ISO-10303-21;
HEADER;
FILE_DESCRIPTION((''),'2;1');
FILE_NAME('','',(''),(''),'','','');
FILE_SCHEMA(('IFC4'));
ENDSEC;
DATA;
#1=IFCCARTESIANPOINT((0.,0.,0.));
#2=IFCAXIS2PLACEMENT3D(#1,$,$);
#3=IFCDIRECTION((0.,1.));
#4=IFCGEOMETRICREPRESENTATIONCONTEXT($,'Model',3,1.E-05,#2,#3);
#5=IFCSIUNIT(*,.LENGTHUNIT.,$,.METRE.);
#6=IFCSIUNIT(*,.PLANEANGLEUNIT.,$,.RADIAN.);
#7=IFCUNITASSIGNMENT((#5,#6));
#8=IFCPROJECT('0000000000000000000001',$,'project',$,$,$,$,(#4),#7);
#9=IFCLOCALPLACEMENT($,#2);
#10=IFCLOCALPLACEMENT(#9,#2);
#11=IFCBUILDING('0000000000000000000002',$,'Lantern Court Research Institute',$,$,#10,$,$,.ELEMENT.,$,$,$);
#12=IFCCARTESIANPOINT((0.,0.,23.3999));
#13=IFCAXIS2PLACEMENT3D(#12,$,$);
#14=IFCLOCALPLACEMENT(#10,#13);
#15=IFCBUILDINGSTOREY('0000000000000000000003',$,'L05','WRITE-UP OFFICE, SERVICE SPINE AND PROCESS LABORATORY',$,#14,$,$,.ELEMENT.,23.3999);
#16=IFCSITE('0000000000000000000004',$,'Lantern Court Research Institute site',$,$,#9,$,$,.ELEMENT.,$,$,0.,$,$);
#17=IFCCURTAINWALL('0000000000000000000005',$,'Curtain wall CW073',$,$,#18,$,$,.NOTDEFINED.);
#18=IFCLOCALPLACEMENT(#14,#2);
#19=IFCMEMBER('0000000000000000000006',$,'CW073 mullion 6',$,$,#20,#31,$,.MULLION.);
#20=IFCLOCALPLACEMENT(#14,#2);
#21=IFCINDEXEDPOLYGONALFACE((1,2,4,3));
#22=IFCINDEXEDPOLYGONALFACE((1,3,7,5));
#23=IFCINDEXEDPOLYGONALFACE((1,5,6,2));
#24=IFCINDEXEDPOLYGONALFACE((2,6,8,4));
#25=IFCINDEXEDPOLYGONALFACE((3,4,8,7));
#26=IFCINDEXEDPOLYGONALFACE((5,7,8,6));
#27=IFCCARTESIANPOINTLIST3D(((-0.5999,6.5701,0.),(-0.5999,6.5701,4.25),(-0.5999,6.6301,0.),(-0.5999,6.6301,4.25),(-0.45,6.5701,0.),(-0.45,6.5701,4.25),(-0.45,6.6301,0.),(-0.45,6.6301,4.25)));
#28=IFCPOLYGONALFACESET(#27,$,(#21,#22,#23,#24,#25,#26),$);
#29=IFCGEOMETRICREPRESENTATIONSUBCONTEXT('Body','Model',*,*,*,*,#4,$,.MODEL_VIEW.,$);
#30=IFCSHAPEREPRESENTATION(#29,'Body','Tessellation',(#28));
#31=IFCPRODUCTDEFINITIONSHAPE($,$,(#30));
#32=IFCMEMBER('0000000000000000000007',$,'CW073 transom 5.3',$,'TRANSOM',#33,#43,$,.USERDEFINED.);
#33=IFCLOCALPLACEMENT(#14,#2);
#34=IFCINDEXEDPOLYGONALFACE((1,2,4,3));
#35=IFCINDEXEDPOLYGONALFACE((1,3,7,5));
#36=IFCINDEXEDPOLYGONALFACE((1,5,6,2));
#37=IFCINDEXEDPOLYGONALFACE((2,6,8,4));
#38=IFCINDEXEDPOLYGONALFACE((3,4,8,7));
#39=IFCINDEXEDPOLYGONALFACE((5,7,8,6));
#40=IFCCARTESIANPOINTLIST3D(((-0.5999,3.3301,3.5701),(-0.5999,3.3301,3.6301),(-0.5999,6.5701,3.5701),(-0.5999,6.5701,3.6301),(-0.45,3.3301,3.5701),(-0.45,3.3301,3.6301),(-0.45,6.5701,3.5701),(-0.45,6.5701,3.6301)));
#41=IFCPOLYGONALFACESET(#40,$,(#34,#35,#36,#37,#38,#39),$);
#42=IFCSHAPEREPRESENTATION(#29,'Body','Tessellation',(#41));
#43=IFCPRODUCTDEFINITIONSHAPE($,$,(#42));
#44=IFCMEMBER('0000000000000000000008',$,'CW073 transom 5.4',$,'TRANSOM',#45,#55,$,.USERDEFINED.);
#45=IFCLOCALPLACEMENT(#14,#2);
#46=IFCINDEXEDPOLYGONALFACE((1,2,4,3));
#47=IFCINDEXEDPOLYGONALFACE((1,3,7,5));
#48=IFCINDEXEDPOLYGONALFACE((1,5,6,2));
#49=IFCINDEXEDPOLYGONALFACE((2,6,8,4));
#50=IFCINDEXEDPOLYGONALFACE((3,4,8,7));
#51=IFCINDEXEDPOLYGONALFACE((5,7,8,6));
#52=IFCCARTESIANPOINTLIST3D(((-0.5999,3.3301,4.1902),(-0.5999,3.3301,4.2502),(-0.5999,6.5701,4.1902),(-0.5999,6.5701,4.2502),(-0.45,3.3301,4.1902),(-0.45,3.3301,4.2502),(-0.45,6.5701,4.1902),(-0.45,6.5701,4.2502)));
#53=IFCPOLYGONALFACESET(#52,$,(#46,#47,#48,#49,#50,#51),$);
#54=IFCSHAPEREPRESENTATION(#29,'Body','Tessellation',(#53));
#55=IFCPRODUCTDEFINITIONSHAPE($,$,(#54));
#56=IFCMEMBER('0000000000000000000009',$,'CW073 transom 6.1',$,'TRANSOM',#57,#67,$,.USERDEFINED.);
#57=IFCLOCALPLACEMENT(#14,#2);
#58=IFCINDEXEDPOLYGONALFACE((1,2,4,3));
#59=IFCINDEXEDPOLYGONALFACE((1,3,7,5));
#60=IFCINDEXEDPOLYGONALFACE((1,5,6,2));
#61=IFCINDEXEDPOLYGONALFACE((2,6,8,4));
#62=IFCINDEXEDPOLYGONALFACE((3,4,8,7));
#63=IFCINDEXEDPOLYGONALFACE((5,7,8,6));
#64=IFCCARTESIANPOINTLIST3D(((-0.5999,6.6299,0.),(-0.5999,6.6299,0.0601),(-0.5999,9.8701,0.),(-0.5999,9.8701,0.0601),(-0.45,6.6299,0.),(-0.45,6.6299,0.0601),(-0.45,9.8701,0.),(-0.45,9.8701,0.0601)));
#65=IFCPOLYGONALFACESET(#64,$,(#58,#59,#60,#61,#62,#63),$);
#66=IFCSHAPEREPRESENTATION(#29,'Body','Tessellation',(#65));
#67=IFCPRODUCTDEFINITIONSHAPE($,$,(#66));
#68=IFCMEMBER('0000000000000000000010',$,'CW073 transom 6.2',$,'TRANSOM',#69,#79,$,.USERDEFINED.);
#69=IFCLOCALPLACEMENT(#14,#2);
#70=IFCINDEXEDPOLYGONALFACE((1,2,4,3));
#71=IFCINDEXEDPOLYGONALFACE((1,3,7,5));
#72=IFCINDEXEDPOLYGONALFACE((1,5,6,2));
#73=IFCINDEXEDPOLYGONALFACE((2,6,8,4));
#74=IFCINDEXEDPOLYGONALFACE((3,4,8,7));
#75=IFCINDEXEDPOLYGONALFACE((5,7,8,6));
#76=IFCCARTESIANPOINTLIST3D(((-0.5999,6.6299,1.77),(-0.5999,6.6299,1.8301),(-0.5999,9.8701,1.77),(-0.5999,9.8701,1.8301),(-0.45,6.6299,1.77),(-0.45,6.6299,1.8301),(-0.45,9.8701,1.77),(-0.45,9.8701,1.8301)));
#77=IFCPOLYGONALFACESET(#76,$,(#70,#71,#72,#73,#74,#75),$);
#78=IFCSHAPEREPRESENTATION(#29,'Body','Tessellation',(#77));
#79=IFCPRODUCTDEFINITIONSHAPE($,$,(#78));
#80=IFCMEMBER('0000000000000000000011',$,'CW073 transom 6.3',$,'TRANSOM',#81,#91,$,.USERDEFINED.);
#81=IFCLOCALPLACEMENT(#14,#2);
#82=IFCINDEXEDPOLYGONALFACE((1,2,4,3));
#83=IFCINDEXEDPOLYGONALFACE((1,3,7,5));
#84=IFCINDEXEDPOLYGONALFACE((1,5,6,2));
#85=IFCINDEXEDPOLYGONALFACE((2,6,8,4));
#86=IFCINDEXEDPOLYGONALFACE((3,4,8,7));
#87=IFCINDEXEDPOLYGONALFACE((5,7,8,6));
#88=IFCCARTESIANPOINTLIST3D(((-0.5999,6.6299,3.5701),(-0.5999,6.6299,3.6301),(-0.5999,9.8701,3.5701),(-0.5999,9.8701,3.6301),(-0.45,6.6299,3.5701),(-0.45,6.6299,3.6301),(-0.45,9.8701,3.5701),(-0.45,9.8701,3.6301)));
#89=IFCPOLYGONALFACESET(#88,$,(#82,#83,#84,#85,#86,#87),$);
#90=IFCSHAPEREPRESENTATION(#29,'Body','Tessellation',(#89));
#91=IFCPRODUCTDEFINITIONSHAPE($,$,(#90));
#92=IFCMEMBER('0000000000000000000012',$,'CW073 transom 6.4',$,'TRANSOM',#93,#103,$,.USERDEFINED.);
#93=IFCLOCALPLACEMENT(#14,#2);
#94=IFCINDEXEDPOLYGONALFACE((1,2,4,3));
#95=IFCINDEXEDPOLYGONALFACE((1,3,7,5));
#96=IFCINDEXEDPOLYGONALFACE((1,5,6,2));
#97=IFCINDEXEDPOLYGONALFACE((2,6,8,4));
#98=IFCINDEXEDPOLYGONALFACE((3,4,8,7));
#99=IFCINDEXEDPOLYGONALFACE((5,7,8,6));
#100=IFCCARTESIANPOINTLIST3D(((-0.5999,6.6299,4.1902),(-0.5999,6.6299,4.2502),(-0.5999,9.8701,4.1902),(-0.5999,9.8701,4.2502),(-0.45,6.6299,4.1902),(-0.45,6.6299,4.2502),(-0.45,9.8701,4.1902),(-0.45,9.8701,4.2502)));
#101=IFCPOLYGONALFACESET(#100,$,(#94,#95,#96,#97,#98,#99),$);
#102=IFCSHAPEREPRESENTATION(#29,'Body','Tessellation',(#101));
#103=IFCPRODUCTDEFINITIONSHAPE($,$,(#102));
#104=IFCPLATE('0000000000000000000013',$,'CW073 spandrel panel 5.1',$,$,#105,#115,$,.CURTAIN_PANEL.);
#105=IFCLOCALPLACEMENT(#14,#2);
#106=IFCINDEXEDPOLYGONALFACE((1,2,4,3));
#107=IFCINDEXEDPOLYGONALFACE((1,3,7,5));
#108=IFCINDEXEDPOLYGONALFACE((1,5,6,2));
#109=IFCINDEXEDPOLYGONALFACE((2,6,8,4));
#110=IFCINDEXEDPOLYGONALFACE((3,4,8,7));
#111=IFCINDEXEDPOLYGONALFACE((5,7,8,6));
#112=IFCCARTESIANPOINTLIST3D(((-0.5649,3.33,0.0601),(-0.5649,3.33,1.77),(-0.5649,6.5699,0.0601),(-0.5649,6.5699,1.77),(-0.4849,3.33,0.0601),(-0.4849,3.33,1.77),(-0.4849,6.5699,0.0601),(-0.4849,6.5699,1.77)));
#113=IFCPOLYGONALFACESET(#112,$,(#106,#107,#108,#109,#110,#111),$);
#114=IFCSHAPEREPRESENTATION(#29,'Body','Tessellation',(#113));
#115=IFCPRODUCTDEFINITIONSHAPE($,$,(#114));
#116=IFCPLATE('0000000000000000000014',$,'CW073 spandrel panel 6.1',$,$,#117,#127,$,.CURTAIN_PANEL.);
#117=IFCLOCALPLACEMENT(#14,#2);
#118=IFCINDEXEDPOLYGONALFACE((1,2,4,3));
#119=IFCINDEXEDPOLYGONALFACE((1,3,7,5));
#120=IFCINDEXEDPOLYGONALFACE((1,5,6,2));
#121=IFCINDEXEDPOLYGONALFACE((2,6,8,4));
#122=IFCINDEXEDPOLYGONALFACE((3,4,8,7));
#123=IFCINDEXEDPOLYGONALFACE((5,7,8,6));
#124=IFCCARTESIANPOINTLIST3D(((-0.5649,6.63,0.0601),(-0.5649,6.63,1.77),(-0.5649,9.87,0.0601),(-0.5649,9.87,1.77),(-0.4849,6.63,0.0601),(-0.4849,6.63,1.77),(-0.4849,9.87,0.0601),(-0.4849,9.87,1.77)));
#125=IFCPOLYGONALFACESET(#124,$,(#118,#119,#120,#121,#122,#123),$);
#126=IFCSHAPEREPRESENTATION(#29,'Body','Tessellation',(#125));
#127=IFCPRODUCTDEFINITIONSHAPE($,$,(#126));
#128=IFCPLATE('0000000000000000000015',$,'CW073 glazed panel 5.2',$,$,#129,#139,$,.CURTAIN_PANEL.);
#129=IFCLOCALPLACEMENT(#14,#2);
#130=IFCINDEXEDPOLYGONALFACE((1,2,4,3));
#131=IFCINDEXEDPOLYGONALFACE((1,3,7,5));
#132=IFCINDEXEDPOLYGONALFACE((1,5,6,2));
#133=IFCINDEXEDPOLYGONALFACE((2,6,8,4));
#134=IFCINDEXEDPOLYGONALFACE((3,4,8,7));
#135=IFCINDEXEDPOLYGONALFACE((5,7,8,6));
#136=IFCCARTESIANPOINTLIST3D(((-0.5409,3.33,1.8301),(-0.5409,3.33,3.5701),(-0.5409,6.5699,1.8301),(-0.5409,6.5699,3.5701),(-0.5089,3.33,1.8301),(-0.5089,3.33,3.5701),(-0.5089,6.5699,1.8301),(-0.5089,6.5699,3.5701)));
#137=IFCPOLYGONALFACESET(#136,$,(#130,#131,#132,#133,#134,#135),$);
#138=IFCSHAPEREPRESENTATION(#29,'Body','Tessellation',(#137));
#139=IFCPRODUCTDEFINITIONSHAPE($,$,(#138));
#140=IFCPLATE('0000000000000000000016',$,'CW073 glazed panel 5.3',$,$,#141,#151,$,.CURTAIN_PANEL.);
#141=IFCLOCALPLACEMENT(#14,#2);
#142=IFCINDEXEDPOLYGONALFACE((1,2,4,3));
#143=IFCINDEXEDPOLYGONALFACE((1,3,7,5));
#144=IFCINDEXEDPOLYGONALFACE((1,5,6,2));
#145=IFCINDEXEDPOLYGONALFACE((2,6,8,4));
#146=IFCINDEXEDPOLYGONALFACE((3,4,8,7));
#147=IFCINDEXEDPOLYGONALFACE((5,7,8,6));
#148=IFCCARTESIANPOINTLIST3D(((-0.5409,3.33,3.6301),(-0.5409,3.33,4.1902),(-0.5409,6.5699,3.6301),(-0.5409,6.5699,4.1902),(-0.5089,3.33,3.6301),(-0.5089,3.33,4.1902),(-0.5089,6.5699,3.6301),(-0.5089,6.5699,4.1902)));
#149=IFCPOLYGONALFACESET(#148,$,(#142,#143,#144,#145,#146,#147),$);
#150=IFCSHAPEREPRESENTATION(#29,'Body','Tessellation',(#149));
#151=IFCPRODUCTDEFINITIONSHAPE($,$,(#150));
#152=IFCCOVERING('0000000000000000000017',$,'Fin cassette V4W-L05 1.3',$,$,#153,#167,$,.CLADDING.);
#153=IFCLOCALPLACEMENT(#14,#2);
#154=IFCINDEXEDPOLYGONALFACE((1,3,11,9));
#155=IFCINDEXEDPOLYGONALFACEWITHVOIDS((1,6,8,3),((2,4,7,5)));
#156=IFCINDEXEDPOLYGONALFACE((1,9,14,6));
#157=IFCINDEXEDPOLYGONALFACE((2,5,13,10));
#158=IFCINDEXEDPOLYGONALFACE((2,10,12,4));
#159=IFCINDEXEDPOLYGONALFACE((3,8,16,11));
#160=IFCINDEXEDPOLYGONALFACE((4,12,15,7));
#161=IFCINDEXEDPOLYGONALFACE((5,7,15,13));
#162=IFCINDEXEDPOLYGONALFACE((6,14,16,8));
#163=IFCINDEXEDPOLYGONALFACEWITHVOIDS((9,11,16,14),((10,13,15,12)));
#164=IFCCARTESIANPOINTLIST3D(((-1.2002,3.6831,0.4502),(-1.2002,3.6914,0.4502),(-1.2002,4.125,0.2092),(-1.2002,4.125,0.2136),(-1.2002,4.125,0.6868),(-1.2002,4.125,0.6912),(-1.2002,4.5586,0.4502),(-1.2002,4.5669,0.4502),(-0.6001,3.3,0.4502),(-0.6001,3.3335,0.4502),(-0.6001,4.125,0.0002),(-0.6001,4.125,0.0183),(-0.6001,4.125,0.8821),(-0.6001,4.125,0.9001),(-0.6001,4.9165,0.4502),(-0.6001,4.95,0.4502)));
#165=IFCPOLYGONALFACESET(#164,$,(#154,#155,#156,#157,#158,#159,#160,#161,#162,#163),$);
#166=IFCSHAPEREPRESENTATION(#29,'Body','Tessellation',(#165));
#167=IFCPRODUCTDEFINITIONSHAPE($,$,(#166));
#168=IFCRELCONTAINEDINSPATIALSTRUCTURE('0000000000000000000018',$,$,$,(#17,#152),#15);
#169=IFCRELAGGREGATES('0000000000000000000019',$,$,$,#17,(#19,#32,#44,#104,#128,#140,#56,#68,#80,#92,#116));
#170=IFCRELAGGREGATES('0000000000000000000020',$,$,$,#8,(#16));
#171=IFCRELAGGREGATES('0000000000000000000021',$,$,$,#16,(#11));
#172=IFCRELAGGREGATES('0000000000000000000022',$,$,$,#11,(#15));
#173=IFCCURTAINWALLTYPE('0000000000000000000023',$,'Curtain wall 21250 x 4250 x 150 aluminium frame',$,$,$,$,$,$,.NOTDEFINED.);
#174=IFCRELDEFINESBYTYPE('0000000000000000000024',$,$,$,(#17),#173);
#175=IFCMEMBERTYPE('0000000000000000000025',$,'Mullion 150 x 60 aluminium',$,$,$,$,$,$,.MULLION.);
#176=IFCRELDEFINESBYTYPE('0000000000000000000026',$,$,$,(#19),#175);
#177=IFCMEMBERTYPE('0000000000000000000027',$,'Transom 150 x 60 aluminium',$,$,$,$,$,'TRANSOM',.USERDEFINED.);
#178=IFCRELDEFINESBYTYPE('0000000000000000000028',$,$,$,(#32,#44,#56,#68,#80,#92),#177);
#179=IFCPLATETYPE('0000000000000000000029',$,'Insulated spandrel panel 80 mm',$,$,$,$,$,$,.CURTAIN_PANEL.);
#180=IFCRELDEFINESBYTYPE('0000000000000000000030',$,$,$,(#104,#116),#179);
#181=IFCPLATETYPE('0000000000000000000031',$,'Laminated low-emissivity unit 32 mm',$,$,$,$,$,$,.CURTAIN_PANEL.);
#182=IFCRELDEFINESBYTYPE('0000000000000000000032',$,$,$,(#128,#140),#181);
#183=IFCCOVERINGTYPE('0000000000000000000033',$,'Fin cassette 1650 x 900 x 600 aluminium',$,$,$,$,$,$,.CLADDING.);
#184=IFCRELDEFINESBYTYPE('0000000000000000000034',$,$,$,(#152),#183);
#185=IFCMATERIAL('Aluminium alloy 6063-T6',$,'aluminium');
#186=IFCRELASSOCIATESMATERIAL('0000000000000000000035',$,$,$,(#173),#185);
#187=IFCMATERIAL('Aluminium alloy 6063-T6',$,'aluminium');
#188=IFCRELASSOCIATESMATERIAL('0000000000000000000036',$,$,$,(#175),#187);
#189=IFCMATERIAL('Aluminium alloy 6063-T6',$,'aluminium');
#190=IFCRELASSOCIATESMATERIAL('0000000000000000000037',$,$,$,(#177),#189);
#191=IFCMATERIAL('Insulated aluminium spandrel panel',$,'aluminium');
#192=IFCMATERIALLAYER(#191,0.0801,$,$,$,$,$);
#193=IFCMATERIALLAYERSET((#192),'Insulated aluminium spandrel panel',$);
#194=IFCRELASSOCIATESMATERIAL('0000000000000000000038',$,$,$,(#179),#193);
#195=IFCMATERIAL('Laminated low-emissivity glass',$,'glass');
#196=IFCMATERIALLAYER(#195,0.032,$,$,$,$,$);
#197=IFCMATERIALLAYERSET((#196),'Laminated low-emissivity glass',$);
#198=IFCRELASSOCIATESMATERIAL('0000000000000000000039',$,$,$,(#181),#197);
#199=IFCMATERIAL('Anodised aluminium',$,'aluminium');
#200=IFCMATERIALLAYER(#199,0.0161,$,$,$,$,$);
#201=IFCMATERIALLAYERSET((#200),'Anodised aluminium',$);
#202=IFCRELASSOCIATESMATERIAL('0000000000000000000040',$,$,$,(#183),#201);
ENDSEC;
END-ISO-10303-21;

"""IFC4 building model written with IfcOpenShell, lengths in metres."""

from ifc_helpers import new_model, entity, si_unit, direction, frame, origin, origin_2d, place, context, subcontext, project, spatial, rectangle, extrude, material, layer, layer_set, material_profile, profile_set, type_object, element, aggregate, save


model = new_model("IFC4")

# Units and contexts
model_context = context("Model", 3, precision=1e-05, world=origin(), true_north=direction((0.0, 1.0)))
body_context = subcontext(model_context, "Body", "Model", "MODEL_VIEW")
ifc_project = project(units=[si_unit("LENGTHUNIT", "METRE"), si_unit("PLANEANGLEUNIT", "RADIAN")], contexts=[model_context])

# Site, building, storey
site_placement = place(None, origin())
site = spatial("IfcSite", under=ifc_project, at=site_placement, Name="Lantern Court Research Institute site", CompositionType="ELEMENT", RefElevation=0.0)
building_placement = place(site_placement, origin())
building = spatial("IfcBuilding", under=site, at=building_placement, Name="Lantern Court Research Institute", CompositionType="ELEMENT")
storey_placement = place(building_placement, frame((0.0, 0.0, 23.3999)))
storey = spatial("IfcBuildingStorey", under=building, at=storey_placement, Name="L05", Description="WRITE-UP OFFICE, SERVICE SPINE AND PROCESS LABORATORY", CompositionType="ELEMENT", Elevation=23.3999)

# Curtain wall, members, plates
ifc_material_1 = material(Name="Aluminium alloy 6063-T6", Category="aluminium")
curtain_wall_type = type_object("IfcCurtainWallType", Name="Curtain wall 21250 x 4250 x 150 aluminium frame", PredefinedType="NOTDEFINED", material=ifc_material_1)
curtain_wall_placement = place(storey_placement, origin())
curtain_wall = element("IfcCurtainWall", 1, at=curtain_wall_placement, inside=storey, type_object=curtain_wall_type, Name="Curtain wall CW073", PredefinedType="NOTDEFINED")
ifc_material_2 = material(Name="Aluminium alloy 6063-T6", Category="aluminium")
ifc_material_profile_1 = material_profile(ifc_material_2, rectangle(XDim=0.1499, YDim=0.0601, at=origin_2d()), Name="Mullion 150 x 60")
ifc_profile_set_1 = profile_set([ifc_material_profile_1], Name="Aluminium alloy 6063-T6")
member_type_1 = type_object("IfcMemberType", Name="Mullion 150 x 60 aluminium", PredefinedType="MULLION", material=ifc_profile_set_1)
member_1_placement = place(storey_placement, frame((-0.5249, 6.6001, 0.0), z_axis=(0.0, 0.0, 1.0), x_axis=(-1.0, 0.0, 0.0)))
member_1 = element("IfcMember", 2, at=member_1_placement, type_object=member_type_1, Name="CW073 mullion 6", PredefinedType="MULLION", context=body_context, shape_type="SweptSolid", body=[
    extrude(rectangle(XDim=0.1499, YDim=0.0601, at=origin_2d()), origin(), (0.0, 0.0, 1.0), 4.25),
])
ifc_material_3 = material(Name="Aluminium alloy 6063-T6", Category="aluminium")
ifc_material_profile_2 = material_profile(ifc_material_3, rectangle(XDim=0.1499, YDim=0.0601, at=origin_2d()), Name="Transom 150 x 60")
ifc_profile_set_2 = profile_set([ifc_material_profile_2], Name="Aluminium alloy 6063-T6")
member_type_2 = type_object("IfcMemberType", Name="Transom 150 x 60 aluminium", ElementType="TRANSOM", PredefinedType="USERDEFINED", material=ifc_profile_set_2)
member_2_placement = place(storey_placement, frame((-0.5249, 3.3301, 3.6001), z_axis=(0.0, 1.0, 0.0), x_axis=(-1.0, 0.0, 0.0)))
member_2 = element("IfcMember", 3, at=member_2_placement, type_object=member_type_2, Name="CW073 transom 5.3", ObjectType="TRANSOM", PredefinedType="USERDEFINED", context=body_context, shape_type="SweptSolid", body=[
    extrude(rectangle(XDim=0.1499, YDim=0.0601, at=origin_2d()), origin(), (0.0, 0.0, 1.0), 3.24),
])
member_3_placement = place(storey_placement, frame((-0.5249, 3.3301, 4.2202), z_axis=(0.0, 1.0, 0.0), x_axis=(-1.0, 0.0, 0.0)))
member_3 = element("IfcMember", 4, at=member_3_placement, type_object=member_type_2, Name="CW073 transom 5.4", ObjectType="TRANSOM", PredefinedType="USERDEFINED", context=body_context, shape_type="SweptSolid", body=[
    extrude(rectangle(XDim=0.1499, YDim=0.0601, at=origin_2d()), origin(), (0.0, 0.0, 1.0), 3.24),
])
member_4_placement = place(storey_placement, frame((-0.5249, 6.6299, 0.03), z_axis=(0.0, 1.0, 0.0), x_axis=(-1.0, 0.0, 0.0)))
member_4 = element("IfcMember", 5, at=member_4_placement, type_object=member_type_2, Name="CW073 transom 6.1", ObjectType="TRANSOM", PredefinedType="USERDEFINED", context=body_context, shape_type="SweptSolid", body=[
    extrude(rectangle(XDim=0.1499, YDim=0.0601, at=origin_2d()), origin(), (0.0, 0.0, 1.0), 3.2402),
])
member_5_placement = place(storey_placement, frame((-0.5249, 6.6299, 1.8), z_axis=(0.0, 1.0, 0.0), x_axis=(-1.0, 0.0, 0.0)))
member_5 = element("IfcMember", 6, at=member_5_placement, type_object=member_type_2, Name="CW073 transom 6.2", ObjectType="TRANSOM", PredefinedType="USERDEFINED", context=body_context, shape_type="SweptSolid", body=[
    extrude(rectangle(XDim=0.1499, YDim=0.0601, at=origin_2d()), origin(), (0.0, 0.0, 1.0), 3.2402),
])
member_6_placement = place(storey_placement, frame((-0.5249, 6.6299, 3.6001), z_axis=(0.0, 1.0, 0.0), x_axis=(-1.0, 0.0, 0.0)))
member_6 = element("IfcMember", 7, at=member_6_placement, type_object=member_type_2, Name="CW073 transom 6.3", ObjectType="TRANSOM", PredefinedType="USERDEFINED", context=body_context, shape_type="SweptSolid", body=[
    extrude(rectangle(XDim=0.1499, YDim=0.0601, at=origin_2d()), origin(), (0.0, 0.0, 1.0), 3.2402),
])
member_7_placement = place(storey_placement, frame((-0.5249, 6.6299, 4.2202), z_axis=(0.0, 1.0, 0.0), x_axis=(-1.0, 0.0, 0.0)))
member_7 = element("IfcMember", 8, at=member_7_placement, type_object=member_type_2, Name="CW073 transom 6.4", ObjectType="TRANSOM", PredefinedType="USERDEFINED", context=body_context, shape_type="SweptSolid", body=[
    extrude(rectangle(XDim=0.1499, YDim=0.0601, at=origin_2d()), origin(), (0.0, 0.0, 1.0), 3.2402),
])
ifc_material_4 = material(Name="Insulated aluminium spandrel panel", Category="aluminium")
ifc_layer_1 = layer(ifc_material_4, 0.0801)
ifc_layer_set_1 = layer_set([ifc_layer_1], Name="Insulated aluminium spandrel panel")
plate_type_1 = type_object("IfcPlateType", Name="Insulated spandrel panel 80 mm", PredefinedType="CURTAIN_PANEL", material=ifc_layer_set_1)
plate_1_placement = place(storey_placement, frame((-0.5249, 4.95, 0.0601), z_axis=(0.0, 0.0, 1.0), x_axis=(0.0, 1.0, 0.0)))
plate_1 = element("IfcPlate", 9, at=plate_1_placement, type_object=plate_type_1, Name="CW073 spandrel panel 5.1", PredefinedType="CURTAIN_PANEL", context=body_context, shape_type="SweptSolid", body=[
    extrude(rectangle(XDim=3.24, YDim=0.0801, at=origin_2d()), origin(), (0.0, 0.0, 1.0), 1.71),
])
plate_2_placement = place(storey_placement, frame((-0.5249, 8.25, 0.0601), z_axis=(0.0, 0.0, 1.0), x_axis=(0.0, 1.0, 0.0)))
plate_2 = element("IfcPlate", 10, at=plate_2_placement, type_object=plate_type_1, Name="CW073 spandrel panel 6.1", PredefinedType="CURTAIN_PANEL", context=body_context, shape_type="SweptSolid", body=[
    extrude(rectangle(XDim=3.24, YDim=0.0801, at=origin_2d()), origin(), (0.0, 0.0, 1.0), 1.71),
])
ifc_material_5 = material(Name="Laminated low-emissivity glass", Category="glass")
ifc_layer_2 = layer(ifc_material_5, 0.032)
ifc_layer_set_2 = layer_set([ifc_layer_2], Name="Laminated low-emissivity glass")
plate_type_2 = type_object("IfcPlateType", Name="Laminated low-emissivity unit 32 mm", PredefinedType="CURTAIN_PANEL", material=ifc_layer_set_2)
plate_3_placement = place(storey_placement, frame((-0.5249, 4.95, 1.8301), z_axis=(0.0, 0.0, 1.0), x_axis=(0.0, 1.0, 0.0)))
plate_3 = element("IfcPlate", 11, at=plate_3_placement, type_object=plate_type_2, Name="CW073 glazed panel 5.2", PredefinedType="CURTAIN_PANEL", context=body_context, shape_type="SweptSolid", body=[
    extrude(rectangle(XDim=3.24, YDim=0.032, at=origin_2d()), origin(), (0.0, 0.0, 1.0), 1.74),
])
plate_4_placement = place(storey_placement, frame((-0.5249, 4.95, 3.6301), z_axis=(0.0, 0.0, 1.0), x_axis=(0.0, 1.0, 0.0)))
plate_4 = element("IfcPlate", 12, at=plate_4_placement, type_object=plate_type_2, Name="CW073 glazed panel 5.3", PredefinedType="CURTAIN_PANEL", context=body_context, shape_type="SweptSolid", body=[
    extrude(rectangle(XDim=3.24, YDim=0.032, at=origin_2d()), origin(), (0.0, 0.0, 1.0), 0.5601),
])
aggregate(curtain_wall, [member_1, member_2, member_3, plate_1, plate_3, plate_4, member_4, member_5, member_6, member_7, plate_2])

# Covering
ifc_material_6 = material(Name="Anodised aluminium", Category="aluminium")
ifc_layer_3 = layer(ifc_material_6, 0.0161)
ifc_layer_set_3 = layer_set([ifc_layer_3], Name="Anodised aluminium")
covering_type = type_object("IfcCoveringType", Name="Fin cassette 1650 x 900 x 600 aluminium", PredefinedType="CLADDING", material=ifc_layer_set_3)
covering_1_placement = place(storey_placement, frame((-0.6001, 4.125, 0.4502), z_axis=(-1.0, 0.0, 0.0), x_axis=(0.0, -1.0, 0.0)))
cartesian_point_1 = entity("IfcCartesianPoint", [0.825, 0.0])
cartesian_point_2 = entity("IfcCartesianPoint", [0.7915, 0.0])
cartesian_point_3 = entity("IfcCartesianPoint", [0.4419, 0.0])
cartesian_point_4 = entity("IfcCartesianPoint", [0.4336, 0.0])
element("IfcCovering", 13, at=covering_1_placement, inside=storey, type_object=covering_type, Name="Fin cassette V4W-L05 1.3", PredefinedType="CLADDING", context=body_context, shape_type="SweptSolid", body=[
    entity("IfcExtrudedAreaSolidTapered", entity("IfcArbitraryProfileDefWithVoids", "AREA", None, entity("IfcPolyline", [cartesian_point_1, entity("IfcCartesianPoint", [0.0, 0.45]), entity("IfcCartesianPoint", [-0.825, 0.0]), entity("IfcCartesianPoint", [0.0, -0.45]), cartesian_point_1]), [entity("IfcPolyline", [cartesian_point_2, entity("IfcCartesianPoint", [0.0, 0.4319]), entity("IfcCartesianPoint", [-0.7915, 0.0]), entity("IfcCartesianPoint", [0.0, -0.4319]), cartesian_point_2])]), entity("IfcAxis2Placement3D", entity("IfcCartesianPoint", [0.0, 0.0, 0.0])), entity("IfcDirection", [0.0, 0.0, 1.0]), 0.6001, entity("IfcArbitraryProfileDefWithVoids", "AREA", None, entity("IfcPolyline", [cartesian_point_3, entity("IfcCartesianPoint", [0.0, 0.241]), entity("IfcCartesianPoint", [-0.4419, 0.0]), entity("IfcCartesianPoint", [0.0, -0.241]), cartesian_point_3]), [entity("IfcPolyline", [cartesian_point_4, entity("IfcCartesianPoint", [0.0, 0.2366]), entity("IfcCartesianPoint", [-0.4336, 0.0]), entity("IfcCartesianPoint", [0.0, -0.2366]), cartesian_point_4])])),
])

save(model, "model.ifc")
